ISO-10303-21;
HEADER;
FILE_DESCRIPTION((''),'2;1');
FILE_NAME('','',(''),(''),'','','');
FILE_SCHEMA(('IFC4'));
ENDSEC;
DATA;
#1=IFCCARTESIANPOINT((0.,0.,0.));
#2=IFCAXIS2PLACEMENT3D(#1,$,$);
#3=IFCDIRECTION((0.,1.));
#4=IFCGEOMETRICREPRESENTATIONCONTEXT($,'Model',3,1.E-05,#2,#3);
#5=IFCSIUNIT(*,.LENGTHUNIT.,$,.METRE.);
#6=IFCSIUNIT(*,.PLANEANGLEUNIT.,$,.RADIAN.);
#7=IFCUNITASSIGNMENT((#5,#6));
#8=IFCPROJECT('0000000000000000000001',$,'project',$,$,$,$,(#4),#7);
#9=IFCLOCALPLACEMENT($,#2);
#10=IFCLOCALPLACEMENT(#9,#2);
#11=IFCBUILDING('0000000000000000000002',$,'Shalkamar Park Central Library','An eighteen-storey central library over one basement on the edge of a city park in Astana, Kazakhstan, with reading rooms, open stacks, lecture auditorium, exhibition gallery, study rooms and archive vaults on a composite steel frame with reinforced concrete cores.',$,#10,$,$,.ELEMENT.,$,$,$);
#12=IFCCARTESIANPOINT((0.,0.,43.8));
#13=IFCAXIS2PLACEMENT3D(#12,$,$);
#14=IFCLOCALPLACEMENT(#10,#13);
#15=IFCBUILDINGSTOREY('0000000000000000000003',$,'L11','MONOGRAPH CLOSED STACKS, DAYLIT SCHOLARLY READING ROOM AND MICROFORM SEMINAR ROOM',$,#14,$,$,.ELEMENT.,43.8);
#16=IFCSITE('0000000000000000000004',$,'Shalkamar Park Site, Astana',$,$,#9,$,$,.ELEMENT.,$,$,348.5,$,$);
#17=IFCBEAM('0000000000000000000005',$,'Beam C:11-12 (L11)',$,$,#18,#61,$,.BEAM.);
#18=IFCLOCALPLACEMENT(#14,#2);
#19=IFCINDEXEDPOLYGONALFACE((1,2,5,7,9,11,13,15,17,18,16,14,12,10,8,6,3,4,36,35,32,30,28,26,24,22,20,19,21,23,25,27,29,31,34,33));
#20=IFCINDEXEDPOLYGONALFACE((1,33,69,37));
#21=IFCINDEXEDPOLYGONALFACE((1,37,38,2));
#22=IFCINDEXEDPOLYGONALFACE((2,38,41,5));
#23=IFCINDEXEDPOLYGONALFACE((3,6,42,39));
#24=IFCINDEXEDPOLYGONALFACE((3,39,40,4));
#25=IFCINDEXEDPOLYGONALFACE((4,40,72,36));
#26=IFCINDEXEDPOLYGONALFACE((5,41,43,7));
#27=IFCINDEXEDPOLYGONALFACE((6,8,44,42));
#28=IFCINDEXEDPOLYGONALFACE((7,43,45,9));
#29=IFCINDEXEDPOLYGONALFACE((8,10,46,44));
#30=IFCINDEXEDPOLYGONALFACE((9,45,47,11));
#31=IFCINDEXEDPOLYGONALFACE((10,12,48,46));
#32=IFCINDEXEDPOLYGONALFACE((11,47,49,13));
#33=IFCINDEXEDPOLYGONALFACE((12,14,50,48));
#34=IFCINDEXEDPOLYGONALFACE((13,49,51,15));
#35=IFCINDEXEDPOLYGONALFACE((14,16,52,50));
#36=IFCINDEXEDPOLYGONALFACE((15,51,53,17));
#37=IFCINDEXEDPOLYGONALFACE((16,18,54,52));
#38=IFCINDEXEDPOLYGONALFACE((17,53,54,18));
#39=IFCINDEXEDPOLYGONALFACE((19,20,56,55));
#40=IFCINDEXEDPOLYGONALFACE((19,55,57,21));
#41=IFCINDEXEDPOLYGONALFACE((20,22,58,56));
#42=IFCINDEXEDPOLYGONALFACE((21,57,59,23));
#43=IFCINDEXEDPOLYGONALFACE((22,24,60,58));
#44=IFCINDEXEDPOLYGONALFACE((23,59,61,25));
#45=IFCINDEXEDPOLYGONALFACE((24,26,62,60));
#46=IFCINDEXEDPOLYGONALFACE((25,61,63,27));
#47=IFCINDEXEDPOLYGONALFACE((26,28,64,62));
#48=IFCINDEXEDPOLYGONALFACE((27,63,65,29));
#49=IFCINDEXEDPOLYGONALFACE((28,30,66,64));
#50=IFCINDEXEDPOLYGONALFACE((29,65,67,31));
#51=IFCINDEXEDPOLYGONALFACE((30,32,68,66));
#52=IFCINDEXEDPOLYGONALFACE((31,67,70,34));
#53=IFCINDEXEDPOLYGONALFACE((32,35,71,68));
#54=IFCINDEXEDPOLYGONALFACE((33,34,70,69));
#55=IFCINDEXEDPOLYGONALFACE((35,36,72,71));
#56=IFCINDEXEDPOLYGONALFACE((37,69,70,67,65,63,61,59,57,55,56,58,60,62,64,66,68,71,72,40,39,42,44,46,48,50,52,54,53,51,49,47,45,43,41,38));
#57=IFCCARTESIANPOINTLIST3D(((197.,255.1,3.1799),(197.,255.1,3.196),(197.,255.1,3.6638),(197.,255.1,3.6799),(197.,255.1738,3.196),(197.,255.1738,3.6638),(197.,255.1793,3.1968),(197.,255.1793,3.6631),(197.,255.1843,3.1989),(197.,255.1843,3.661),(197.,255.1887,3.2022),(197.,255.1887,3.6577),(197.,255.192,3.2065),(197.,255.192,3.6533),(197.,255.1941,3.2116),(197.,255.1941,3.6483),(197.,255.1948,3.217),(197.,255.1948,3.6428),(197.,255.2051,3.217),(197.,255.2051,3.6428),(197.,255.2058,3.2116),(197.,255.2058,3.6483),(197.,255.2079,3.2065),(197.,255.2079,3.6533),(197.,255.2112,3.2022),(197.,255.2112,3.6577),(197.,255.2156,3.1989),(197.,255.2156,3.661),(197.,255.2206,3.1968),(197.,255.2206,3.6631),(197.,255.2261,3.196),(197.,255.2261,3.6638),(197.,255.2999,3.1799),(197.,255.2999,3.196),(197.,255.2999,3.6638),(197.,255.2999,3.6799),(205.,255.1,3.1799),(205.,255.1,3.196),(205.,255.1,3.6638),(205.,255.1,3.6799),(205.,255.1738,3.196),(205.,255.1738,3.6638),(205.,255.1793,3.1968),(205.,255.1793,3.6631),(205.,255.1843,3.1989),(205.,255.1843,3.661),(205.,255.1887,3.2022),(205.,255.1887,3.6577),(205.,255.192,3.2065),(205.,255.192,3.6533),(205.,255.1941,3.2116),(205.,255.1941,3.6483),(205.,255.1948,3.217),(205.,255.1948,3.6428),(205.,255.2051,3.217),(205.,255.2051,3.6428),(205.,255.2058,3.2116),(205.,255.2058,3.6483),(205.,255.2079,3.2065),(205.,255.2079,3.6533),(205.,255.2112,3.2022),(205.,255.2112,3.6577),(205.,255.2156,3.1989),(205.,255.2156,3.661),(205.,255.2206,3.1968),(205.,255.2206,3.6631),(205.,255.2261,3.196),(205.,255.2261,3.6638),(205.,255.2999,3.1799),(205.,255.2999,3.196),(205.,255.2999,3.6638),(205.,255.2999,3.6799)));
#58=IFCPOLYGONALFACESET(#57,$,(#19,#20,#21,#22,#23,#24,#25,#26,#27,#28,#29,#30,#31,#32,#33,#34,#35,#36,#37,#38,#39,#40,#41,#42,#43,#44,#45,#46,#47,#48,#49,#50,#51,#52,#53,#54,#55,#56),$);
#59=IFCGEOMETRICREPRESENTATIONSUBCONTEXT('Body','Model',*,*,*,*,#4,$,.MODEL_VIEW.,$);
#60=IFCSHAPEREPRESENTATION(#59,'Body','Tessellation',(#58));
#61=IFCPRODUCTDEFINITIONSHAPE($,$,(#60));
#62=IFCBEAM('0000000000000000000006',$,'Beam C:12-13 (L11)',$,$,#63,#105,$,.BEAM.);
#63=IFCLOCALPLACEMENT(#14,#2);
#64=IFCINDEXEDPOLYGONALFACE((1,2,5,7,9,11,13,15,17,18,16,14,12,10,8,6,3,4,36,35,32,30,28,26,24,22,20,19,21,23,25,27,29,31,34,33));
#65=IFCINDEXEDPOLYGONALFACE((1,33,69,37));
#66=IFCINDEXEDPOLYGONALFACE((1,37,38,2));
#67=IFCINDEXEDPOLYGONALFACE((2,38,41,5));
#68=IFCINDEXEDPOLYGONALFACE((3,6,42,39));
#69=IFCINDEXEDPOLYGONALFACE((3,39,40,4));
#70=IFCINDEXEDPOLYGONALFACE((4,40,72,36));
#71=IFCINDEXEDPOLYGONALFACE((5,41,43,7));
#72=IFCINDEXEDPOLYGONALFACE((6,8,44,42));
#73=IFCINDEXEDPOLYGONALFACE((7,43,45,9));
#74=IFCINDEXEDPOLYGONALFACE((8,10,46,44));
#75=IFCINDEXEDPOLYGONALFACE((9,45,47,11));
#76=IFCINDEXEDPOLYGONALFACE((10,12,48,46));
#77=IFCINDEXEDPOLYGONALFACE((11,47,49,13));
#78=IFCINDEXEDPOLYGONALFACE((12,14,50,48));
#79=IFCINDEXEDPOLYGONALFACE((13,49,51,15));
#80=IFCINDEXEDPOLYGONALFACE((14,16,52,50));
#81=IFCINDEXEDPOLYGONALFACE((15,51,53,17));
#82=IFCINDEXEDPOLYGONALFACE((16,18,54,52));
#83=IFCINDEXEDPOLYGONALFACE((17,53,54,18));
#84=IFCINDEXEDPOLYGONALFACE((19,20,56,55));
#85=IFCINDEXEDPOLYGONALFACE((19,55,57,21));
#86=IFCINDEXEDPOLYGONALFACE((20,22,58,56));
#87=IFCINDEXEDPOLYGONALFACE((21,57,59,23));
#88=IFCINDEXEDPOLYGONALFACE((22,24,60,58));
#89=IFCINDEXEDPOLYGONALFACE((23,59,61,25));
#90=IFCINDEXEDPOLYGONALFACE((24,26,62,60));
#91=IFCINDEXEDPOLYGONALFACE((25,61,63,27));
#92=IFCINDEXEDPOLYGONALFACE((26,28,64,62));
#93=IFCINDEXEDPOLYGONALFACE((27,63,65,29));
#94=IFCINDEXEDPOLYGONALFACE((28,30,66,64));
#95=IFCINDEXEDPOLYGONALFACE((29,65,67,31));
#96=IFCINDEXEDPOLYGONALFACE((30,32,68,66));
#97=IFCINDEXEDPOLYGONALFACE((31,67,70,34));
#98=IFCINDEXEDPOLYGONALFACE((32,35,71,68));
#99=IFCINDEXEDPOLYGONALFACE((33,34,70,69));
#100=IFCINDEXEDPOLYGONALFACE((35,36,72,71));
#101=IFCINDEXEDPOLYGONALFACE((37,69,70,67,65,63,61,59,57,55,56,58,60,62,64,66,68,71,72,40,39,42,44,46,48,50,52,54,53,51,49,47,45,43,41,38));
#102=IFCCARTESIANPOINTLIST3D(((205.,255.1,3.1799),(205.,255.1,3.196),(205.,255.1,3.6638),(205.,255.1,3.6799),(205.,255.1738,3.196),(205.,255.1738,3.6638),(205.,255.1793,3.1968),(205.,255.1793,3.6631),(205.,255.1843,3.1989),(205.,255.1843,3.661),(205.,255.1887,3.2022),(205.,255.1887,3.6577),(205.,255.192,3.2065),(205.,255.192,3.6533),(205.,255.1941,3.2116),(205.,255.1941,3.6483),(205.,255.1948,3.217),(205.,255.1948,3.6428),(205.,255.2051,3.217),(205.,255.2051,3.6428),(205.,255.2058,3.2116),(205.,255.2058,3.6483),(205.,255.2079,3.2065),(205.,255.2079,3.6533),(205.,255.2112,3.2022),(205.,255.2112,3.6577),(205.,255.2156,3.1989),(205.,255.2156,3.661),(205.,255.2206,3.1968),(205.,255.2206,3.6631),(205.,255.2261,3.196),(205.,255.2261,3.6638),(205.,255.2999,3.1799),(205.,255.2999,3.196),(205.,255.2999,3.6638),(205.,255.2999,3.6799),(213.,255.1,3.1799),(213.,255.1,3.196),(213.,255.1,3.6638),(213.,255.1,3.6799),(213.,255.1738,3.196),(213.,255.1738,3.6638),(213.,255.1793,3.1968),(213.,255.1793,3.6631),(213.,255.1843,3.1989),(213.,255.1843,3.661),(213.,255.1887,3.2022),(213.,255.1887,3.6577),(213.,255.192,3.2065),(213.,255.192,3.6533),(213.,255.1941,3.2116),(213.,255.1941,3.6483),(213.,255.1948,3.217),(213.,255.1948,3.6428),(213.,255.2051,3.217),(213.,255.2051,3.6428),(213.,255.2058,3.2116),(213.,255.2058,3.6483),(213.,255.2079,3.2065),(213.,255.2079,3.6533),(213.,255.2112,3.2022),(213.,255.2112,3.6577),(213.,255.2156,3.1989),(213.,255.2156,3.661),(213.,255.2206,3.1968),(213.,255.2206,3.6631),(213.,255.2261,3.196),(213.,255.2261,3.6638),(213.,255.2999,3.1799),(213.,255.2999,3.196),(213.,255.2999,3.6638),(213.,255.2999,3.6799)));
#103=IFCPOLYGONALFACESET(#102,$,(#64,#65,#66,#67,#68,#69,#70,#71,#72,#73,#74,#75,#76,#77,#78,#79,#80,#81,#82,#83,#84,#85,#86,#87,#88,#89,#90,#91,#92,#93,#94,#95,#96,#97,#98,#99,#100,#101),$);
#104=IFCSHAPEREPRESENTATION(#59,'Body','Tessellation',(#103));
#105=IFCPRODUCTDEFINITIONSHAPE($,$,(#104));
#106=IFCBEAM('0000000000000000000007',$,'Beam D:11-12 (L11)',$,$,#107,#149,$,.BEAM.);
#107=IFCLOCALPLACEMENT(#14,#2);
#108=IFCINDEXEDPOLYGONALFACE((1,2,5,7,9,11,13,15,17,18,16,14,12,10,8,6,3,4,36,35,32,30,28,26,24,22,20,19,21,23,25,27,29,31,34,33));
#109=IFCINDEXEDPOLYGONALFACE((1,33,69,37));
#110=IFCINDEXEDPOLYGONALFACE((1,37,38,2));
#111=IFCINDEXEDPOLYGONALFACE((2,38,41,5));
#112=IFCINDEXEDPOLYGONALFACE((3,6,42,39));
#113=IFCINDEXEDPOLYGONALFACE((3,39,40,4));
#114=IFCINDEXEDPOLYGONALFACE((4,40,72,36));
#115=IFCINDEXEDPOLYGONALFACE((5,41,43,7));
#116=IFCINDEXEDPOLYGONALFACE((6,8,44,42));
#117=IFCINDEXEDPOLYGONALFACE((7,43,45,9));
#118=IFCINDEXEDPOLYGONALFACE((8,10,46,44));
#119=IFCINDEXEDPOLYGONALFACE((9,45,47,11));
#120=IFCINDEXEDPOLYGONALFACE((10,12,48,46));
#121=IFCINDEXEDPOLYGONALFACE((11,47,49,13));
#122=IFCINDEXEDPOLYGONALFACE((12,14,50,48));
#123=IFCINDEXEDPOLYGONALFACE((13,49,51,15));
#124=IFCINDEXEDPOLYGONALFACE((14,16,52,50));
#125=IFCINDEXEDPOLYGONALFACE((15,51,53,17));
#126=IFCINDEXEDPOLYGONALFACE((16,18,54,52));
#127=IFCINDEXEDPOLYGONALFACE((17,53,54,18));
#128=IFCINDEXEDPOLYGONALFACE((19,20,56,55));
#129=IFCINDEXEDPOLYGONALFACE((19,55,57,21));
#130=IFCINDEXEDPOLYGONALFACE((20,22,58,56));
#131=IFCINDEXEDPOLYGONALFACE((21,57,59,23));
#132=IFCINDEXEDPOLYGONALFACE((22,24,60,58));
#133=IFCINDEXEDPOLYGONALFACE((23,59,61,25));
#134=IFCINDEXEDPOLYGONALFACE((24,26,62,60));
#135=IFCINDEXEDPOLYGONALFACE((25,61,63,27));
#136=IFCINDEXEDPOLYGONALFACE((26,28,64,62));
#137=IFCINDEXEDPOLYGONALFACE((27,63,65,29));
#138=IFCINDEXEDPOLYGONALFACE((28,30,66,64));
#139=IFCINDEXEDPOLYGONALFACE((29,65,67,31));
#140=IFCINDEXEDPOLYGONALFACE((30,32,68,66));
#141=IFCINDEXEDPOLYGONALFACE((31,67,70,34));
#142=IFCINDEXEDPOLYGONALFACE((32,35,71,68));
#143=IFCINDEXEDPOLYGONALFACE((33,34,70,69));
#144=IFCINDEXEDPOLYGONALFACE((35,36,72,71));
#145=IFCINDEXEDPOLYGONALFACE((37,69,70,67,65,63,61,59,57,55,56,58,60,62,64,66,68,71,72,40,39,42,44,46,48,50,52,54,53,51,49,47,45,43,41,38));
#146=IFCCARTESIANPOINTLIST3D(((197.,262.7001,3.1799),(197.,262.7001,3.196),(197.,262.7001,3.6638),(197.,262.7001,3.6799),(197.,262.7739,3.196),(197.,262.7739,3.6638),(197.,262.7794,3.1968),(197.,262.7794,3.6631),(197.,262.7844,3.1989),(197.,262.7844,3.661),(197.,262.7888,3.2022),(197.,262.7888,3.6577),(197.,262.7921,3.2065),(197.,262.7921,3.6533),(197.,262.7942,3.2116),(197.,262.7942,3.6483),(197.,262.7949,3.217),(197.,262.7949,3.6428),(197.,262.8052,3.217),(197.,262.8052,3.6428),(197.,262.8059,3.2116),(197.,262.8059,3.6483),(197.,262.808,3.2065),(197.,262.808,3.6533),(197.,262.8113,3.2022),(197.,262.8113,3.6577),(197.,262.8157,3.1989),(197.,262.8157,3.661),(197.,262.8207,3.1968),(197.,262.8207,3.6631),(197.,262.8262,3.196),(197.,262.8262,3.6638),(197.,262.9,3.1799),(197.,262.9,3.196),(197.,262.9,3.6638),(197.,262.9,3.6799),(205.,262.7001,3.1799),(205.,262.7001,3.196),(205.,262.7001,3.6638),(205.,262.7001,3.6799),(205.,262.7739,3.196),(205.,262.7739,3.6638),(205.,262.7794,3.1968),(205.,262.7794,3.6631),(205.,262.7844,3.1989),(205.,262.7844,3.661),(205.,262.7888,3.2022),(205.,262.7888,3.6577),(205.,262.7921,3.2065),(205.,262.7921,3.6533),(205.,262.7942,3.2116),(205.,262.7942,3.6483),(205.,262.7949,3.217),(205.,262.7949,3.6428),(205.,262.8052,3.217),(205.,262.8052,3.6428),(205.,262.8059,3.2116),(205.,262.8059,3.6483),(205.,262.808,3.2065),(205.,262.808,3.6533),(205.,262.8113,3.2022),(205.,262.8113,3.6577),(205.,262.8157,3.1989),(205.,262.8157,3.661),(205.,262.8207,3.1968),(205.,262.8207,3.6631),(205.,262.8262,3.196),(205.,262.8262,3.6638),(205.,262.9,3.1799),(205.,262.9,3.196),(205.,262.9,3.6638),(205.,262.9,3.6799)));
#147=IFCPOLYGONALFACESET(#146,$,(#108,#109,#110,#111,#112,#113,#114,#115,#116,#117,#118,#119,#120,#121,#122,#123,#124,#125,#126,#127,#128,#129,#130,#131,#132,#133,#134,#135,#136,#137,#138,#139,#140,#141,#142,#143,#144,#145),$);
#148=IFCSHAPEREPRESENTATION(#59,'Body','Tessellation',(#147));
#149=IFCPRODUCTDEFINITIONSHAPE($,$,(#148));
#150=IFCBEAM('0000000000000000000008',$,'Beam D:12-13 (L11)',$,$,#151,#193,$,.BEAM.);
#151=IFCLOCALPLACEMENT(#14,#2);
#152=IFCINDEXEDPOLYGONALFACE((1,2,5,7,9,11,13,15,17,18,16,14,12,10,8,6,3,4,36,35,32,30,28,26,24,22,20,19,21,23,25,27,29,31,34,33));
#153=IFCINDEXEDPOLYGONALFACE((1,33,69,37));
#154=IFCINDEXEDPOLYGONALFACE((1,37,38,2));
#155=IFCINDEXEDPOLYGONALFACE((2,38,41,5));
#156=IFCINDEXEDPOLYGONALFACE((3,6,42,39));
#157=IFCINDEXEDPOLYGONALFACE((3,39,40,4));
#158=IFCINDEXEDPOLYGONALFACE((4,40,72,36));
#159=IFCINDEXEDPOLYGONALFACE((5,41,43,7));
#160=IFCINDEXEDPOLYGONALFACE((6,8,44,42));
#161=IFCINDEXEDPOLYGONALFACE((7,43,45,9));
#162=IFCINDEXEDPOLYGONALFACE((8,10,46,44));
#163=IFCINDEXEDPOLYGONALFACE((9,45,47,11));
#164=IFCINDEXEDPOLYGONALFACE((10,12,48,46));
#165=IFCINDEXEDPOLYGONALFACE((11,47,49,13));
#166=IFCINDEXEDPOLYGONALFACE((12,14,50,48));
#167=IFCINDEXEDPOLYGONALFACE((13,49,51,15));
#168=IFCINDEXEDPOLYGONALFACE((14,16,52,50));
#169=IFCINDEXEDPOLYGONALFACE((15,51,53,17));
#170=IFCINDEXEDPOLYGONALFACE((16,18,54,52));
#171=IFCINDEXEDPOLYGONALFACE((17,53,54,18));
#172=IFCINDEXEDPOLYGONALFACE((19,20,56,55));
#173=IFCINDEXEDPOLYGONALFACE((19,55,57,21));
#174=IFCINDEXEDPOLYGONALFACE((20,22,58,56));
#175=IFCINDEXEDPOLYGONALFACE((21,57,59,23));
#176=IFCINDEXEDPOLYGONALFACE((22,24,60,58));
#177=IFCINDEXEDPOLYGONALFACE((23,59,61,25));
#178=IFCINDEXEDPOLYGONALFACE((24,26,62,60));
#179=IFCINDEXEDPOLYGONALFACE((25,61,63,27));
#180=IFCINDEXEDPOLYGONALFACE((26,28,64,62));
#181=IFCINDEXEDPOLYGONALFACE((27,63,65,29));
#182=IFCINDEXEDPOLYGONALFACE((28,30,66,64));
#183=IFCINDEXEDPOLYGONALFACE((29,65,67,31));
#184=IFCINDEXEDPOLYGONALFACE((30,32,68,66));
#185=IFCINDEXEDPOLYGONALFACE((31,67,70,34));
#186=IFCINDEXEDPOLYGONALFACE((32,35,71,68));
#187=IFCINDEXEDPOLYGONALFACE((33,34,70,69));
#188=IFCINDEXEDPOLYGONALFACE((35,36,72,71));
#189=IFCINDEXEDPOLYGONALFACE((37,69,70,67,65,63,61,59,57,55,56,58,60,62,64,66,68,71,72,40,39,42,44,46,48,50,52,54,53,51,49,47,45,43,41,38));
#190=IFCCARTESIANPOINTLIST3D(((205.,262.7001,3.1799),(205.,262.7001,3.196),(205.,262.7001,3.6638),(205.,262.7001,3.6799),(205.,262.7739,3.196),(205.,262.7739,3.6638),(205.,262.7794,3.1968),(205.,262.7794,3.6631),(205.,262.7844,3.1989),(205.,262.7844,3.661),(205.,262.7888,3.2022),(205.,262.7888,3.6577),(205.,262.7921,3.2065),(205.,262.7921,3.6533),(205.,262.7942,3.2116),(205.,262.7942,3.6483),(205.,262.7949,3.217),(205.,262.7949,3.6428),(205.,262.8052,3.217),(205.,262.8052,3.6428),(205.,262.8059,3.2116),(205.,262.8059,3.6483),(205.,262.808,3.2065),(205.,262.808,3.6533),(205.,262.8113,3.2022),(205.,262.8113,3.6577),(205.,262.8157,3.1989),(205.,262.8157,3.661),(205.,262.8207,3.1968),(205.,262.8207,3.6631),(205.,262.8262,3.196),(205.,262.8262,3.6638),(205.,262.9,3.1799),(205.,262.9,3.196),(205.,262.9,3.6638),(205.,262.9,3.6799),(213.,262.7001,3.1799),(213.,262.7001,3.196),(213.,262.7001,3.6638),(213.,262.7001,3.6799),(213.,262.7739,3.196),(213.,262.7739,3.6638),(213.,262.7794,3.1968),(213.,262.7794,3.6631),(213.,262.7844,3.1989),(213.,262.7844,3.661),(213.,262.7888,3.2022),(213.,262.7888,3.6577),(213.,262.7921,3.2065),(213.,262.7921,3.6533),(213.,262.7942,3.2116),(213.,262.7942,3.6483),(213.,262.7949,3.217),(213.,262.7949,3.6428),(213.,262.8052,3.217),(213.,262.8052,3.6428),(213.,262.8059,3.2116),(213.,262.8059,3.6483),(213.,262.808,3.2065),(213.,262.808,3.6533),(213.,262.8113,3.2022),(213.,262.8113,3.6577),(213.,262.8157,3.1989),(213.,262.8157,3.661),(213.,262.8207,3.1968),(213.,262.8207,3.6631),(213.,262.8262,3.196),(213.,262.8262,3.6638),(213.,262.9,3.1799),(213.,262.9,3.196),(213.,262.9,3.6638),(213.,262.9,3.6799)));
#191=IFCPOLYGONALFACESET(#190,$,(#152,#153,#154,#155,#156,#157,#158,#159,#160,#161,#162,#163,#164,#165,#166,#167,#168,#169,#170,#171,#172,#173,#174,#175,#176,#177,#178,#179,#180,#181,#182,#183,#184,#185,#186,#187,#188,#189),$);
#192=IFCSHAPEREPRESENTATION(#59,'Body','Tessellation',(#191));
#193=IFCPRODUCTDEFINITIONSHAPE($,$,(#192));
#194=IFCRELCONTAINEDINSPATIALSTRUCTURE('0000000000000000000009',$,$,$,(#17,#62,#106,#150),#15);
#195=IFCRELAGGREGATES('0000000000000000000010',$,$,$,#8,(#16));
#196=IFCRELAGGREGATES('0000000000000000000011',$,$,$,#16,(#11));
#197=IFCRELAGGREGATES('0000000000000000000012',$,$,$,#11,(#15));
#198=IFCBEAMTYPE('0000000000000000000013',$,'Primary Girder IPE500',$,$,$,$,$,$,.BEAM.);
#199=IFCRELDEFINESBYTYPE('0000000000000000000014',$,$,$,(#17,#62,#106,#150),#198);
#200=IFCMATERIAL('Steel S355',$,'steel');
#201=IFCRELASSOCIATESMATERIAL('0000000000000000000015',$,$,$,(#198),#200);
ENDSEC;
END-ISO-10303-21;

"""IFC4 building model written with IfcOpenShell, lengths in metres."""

from ifc_helpers import new_model, si_unit, direction, frame, origin, origin_2d, place, context, subcontext, project, spatial, i_section, extrude, material, material_profile, profile_set, type_object, element, save


model = new_model("IFC4")

# Units and contexts
model_context = context("Model", 3, precision=1e-05, world=origin(), true_north=direction((0.0, 1.0)))
body_context = subcontext(model_context, "Body", "Model", "MODEL_VIEW")
ifc_project = project(units=[si_unit("LENGTHUNIT", "METRE"), si_unit("PLANEANGLEUNIT", "RADIAN")], contexts=[model_context])

# Site, building, storey
site_placement = place(None, origin())
site = spatial("IfcSite", under=ifc_project, at=site_placement, Name="Shalkamar Park Site, Astana", CompositionType="ELEMENT", RefElevation=348.5)
building_placement = place(site_placement, origin())
building = spatial("IfcBuilding", under=site, at=building_placement, Name="Shalkamar Park Central Library", Description="An eighteen-storey central library over one basement on the edge of a city park in Astana, Kazakhstan, with reading rooms, open stacks, lecture auditorium, exhibition gallery, study rooms and archive vaults on a composite steel frame with reinforced concrete cores.", CompositionType="ELEMENT")
storey_placement = place(building_placement, frame((0.0, 0.0, 43.8)))
storey = spatial("IfcBuildingStorey", under=building, at=storey_placement, Name="L11", Description="MONOGRAPH CLOSED STACKS, DAYLIT SCHOLARLY READING ROOM AND MICROFORM SEMINAR ROOM", CompositionType="ELEMENT", Elevation=43.8)

# Shared definitions
ifc_material_1 = material(Name="Steel S355", Category="steel")

# Beams
ifc_material_profile_1 = material_profile(ifc_material_1, i_section(OverallWidth=0.2, OverallDepth=0.5, WebThickness=0.0103, FlangeThickness=0.0161, FilletRadius=0.021, at=origin_2d()), Name="IPE 500")
ifc_profile_set_1 = profile_set([ifc_material_profile_1], Name="Steel S355")
beam_type_1 = type_object("IfcBeamType", Name="Primary Girder IPE500", PredefinedType="BEAM", material=ifc_profile_set_1)
for number, where, z_axis, x_axis, name in (
    (1, (197.0, 255.2, 3.4299), (1.0, 0.0, 0.0), (0.0, 1.0, 0.0), "Beam C:11-12 (L11)"),
    (2, (205.0, 255.2, 3.4299), (1.0, 0.0, 0.0), (0.0, 1.0, 0.0), "Beam C:12-13 (L11)"),
    (3, (197.0, 262.8, 3.4299), (1.0, 0.0, 0.0), (0.0, 1.0, 0.0), "Beam D:11-12 (L11)"),
    (4, (205.0, 262.8, 3.4299), (1.0, 0.0, 0.0), (0.0, 1.0, 0.0), "Beam D:12-13 (L11)"),
):
    element("IfcBeam", number, at=place(storey_placement, frame(where, z_axis=z_axis, x_axis=x_axis)), inside=storey, type_object=beam_type_1, Name=name, PredefinedType="BEAM", context=body_context, shape_type="SweptSolid", body=[
        extrude(i_section(OverallWidth=0.2, OverallDepth=0.5, WebThickness=0.0103, FlangeThickness=0.0161, FilletRadius=0.021, at=origin_2d()), origin(), (0.0, 0.0, 1.0), 8.0),
    ])

save(model, "model.ifc")
